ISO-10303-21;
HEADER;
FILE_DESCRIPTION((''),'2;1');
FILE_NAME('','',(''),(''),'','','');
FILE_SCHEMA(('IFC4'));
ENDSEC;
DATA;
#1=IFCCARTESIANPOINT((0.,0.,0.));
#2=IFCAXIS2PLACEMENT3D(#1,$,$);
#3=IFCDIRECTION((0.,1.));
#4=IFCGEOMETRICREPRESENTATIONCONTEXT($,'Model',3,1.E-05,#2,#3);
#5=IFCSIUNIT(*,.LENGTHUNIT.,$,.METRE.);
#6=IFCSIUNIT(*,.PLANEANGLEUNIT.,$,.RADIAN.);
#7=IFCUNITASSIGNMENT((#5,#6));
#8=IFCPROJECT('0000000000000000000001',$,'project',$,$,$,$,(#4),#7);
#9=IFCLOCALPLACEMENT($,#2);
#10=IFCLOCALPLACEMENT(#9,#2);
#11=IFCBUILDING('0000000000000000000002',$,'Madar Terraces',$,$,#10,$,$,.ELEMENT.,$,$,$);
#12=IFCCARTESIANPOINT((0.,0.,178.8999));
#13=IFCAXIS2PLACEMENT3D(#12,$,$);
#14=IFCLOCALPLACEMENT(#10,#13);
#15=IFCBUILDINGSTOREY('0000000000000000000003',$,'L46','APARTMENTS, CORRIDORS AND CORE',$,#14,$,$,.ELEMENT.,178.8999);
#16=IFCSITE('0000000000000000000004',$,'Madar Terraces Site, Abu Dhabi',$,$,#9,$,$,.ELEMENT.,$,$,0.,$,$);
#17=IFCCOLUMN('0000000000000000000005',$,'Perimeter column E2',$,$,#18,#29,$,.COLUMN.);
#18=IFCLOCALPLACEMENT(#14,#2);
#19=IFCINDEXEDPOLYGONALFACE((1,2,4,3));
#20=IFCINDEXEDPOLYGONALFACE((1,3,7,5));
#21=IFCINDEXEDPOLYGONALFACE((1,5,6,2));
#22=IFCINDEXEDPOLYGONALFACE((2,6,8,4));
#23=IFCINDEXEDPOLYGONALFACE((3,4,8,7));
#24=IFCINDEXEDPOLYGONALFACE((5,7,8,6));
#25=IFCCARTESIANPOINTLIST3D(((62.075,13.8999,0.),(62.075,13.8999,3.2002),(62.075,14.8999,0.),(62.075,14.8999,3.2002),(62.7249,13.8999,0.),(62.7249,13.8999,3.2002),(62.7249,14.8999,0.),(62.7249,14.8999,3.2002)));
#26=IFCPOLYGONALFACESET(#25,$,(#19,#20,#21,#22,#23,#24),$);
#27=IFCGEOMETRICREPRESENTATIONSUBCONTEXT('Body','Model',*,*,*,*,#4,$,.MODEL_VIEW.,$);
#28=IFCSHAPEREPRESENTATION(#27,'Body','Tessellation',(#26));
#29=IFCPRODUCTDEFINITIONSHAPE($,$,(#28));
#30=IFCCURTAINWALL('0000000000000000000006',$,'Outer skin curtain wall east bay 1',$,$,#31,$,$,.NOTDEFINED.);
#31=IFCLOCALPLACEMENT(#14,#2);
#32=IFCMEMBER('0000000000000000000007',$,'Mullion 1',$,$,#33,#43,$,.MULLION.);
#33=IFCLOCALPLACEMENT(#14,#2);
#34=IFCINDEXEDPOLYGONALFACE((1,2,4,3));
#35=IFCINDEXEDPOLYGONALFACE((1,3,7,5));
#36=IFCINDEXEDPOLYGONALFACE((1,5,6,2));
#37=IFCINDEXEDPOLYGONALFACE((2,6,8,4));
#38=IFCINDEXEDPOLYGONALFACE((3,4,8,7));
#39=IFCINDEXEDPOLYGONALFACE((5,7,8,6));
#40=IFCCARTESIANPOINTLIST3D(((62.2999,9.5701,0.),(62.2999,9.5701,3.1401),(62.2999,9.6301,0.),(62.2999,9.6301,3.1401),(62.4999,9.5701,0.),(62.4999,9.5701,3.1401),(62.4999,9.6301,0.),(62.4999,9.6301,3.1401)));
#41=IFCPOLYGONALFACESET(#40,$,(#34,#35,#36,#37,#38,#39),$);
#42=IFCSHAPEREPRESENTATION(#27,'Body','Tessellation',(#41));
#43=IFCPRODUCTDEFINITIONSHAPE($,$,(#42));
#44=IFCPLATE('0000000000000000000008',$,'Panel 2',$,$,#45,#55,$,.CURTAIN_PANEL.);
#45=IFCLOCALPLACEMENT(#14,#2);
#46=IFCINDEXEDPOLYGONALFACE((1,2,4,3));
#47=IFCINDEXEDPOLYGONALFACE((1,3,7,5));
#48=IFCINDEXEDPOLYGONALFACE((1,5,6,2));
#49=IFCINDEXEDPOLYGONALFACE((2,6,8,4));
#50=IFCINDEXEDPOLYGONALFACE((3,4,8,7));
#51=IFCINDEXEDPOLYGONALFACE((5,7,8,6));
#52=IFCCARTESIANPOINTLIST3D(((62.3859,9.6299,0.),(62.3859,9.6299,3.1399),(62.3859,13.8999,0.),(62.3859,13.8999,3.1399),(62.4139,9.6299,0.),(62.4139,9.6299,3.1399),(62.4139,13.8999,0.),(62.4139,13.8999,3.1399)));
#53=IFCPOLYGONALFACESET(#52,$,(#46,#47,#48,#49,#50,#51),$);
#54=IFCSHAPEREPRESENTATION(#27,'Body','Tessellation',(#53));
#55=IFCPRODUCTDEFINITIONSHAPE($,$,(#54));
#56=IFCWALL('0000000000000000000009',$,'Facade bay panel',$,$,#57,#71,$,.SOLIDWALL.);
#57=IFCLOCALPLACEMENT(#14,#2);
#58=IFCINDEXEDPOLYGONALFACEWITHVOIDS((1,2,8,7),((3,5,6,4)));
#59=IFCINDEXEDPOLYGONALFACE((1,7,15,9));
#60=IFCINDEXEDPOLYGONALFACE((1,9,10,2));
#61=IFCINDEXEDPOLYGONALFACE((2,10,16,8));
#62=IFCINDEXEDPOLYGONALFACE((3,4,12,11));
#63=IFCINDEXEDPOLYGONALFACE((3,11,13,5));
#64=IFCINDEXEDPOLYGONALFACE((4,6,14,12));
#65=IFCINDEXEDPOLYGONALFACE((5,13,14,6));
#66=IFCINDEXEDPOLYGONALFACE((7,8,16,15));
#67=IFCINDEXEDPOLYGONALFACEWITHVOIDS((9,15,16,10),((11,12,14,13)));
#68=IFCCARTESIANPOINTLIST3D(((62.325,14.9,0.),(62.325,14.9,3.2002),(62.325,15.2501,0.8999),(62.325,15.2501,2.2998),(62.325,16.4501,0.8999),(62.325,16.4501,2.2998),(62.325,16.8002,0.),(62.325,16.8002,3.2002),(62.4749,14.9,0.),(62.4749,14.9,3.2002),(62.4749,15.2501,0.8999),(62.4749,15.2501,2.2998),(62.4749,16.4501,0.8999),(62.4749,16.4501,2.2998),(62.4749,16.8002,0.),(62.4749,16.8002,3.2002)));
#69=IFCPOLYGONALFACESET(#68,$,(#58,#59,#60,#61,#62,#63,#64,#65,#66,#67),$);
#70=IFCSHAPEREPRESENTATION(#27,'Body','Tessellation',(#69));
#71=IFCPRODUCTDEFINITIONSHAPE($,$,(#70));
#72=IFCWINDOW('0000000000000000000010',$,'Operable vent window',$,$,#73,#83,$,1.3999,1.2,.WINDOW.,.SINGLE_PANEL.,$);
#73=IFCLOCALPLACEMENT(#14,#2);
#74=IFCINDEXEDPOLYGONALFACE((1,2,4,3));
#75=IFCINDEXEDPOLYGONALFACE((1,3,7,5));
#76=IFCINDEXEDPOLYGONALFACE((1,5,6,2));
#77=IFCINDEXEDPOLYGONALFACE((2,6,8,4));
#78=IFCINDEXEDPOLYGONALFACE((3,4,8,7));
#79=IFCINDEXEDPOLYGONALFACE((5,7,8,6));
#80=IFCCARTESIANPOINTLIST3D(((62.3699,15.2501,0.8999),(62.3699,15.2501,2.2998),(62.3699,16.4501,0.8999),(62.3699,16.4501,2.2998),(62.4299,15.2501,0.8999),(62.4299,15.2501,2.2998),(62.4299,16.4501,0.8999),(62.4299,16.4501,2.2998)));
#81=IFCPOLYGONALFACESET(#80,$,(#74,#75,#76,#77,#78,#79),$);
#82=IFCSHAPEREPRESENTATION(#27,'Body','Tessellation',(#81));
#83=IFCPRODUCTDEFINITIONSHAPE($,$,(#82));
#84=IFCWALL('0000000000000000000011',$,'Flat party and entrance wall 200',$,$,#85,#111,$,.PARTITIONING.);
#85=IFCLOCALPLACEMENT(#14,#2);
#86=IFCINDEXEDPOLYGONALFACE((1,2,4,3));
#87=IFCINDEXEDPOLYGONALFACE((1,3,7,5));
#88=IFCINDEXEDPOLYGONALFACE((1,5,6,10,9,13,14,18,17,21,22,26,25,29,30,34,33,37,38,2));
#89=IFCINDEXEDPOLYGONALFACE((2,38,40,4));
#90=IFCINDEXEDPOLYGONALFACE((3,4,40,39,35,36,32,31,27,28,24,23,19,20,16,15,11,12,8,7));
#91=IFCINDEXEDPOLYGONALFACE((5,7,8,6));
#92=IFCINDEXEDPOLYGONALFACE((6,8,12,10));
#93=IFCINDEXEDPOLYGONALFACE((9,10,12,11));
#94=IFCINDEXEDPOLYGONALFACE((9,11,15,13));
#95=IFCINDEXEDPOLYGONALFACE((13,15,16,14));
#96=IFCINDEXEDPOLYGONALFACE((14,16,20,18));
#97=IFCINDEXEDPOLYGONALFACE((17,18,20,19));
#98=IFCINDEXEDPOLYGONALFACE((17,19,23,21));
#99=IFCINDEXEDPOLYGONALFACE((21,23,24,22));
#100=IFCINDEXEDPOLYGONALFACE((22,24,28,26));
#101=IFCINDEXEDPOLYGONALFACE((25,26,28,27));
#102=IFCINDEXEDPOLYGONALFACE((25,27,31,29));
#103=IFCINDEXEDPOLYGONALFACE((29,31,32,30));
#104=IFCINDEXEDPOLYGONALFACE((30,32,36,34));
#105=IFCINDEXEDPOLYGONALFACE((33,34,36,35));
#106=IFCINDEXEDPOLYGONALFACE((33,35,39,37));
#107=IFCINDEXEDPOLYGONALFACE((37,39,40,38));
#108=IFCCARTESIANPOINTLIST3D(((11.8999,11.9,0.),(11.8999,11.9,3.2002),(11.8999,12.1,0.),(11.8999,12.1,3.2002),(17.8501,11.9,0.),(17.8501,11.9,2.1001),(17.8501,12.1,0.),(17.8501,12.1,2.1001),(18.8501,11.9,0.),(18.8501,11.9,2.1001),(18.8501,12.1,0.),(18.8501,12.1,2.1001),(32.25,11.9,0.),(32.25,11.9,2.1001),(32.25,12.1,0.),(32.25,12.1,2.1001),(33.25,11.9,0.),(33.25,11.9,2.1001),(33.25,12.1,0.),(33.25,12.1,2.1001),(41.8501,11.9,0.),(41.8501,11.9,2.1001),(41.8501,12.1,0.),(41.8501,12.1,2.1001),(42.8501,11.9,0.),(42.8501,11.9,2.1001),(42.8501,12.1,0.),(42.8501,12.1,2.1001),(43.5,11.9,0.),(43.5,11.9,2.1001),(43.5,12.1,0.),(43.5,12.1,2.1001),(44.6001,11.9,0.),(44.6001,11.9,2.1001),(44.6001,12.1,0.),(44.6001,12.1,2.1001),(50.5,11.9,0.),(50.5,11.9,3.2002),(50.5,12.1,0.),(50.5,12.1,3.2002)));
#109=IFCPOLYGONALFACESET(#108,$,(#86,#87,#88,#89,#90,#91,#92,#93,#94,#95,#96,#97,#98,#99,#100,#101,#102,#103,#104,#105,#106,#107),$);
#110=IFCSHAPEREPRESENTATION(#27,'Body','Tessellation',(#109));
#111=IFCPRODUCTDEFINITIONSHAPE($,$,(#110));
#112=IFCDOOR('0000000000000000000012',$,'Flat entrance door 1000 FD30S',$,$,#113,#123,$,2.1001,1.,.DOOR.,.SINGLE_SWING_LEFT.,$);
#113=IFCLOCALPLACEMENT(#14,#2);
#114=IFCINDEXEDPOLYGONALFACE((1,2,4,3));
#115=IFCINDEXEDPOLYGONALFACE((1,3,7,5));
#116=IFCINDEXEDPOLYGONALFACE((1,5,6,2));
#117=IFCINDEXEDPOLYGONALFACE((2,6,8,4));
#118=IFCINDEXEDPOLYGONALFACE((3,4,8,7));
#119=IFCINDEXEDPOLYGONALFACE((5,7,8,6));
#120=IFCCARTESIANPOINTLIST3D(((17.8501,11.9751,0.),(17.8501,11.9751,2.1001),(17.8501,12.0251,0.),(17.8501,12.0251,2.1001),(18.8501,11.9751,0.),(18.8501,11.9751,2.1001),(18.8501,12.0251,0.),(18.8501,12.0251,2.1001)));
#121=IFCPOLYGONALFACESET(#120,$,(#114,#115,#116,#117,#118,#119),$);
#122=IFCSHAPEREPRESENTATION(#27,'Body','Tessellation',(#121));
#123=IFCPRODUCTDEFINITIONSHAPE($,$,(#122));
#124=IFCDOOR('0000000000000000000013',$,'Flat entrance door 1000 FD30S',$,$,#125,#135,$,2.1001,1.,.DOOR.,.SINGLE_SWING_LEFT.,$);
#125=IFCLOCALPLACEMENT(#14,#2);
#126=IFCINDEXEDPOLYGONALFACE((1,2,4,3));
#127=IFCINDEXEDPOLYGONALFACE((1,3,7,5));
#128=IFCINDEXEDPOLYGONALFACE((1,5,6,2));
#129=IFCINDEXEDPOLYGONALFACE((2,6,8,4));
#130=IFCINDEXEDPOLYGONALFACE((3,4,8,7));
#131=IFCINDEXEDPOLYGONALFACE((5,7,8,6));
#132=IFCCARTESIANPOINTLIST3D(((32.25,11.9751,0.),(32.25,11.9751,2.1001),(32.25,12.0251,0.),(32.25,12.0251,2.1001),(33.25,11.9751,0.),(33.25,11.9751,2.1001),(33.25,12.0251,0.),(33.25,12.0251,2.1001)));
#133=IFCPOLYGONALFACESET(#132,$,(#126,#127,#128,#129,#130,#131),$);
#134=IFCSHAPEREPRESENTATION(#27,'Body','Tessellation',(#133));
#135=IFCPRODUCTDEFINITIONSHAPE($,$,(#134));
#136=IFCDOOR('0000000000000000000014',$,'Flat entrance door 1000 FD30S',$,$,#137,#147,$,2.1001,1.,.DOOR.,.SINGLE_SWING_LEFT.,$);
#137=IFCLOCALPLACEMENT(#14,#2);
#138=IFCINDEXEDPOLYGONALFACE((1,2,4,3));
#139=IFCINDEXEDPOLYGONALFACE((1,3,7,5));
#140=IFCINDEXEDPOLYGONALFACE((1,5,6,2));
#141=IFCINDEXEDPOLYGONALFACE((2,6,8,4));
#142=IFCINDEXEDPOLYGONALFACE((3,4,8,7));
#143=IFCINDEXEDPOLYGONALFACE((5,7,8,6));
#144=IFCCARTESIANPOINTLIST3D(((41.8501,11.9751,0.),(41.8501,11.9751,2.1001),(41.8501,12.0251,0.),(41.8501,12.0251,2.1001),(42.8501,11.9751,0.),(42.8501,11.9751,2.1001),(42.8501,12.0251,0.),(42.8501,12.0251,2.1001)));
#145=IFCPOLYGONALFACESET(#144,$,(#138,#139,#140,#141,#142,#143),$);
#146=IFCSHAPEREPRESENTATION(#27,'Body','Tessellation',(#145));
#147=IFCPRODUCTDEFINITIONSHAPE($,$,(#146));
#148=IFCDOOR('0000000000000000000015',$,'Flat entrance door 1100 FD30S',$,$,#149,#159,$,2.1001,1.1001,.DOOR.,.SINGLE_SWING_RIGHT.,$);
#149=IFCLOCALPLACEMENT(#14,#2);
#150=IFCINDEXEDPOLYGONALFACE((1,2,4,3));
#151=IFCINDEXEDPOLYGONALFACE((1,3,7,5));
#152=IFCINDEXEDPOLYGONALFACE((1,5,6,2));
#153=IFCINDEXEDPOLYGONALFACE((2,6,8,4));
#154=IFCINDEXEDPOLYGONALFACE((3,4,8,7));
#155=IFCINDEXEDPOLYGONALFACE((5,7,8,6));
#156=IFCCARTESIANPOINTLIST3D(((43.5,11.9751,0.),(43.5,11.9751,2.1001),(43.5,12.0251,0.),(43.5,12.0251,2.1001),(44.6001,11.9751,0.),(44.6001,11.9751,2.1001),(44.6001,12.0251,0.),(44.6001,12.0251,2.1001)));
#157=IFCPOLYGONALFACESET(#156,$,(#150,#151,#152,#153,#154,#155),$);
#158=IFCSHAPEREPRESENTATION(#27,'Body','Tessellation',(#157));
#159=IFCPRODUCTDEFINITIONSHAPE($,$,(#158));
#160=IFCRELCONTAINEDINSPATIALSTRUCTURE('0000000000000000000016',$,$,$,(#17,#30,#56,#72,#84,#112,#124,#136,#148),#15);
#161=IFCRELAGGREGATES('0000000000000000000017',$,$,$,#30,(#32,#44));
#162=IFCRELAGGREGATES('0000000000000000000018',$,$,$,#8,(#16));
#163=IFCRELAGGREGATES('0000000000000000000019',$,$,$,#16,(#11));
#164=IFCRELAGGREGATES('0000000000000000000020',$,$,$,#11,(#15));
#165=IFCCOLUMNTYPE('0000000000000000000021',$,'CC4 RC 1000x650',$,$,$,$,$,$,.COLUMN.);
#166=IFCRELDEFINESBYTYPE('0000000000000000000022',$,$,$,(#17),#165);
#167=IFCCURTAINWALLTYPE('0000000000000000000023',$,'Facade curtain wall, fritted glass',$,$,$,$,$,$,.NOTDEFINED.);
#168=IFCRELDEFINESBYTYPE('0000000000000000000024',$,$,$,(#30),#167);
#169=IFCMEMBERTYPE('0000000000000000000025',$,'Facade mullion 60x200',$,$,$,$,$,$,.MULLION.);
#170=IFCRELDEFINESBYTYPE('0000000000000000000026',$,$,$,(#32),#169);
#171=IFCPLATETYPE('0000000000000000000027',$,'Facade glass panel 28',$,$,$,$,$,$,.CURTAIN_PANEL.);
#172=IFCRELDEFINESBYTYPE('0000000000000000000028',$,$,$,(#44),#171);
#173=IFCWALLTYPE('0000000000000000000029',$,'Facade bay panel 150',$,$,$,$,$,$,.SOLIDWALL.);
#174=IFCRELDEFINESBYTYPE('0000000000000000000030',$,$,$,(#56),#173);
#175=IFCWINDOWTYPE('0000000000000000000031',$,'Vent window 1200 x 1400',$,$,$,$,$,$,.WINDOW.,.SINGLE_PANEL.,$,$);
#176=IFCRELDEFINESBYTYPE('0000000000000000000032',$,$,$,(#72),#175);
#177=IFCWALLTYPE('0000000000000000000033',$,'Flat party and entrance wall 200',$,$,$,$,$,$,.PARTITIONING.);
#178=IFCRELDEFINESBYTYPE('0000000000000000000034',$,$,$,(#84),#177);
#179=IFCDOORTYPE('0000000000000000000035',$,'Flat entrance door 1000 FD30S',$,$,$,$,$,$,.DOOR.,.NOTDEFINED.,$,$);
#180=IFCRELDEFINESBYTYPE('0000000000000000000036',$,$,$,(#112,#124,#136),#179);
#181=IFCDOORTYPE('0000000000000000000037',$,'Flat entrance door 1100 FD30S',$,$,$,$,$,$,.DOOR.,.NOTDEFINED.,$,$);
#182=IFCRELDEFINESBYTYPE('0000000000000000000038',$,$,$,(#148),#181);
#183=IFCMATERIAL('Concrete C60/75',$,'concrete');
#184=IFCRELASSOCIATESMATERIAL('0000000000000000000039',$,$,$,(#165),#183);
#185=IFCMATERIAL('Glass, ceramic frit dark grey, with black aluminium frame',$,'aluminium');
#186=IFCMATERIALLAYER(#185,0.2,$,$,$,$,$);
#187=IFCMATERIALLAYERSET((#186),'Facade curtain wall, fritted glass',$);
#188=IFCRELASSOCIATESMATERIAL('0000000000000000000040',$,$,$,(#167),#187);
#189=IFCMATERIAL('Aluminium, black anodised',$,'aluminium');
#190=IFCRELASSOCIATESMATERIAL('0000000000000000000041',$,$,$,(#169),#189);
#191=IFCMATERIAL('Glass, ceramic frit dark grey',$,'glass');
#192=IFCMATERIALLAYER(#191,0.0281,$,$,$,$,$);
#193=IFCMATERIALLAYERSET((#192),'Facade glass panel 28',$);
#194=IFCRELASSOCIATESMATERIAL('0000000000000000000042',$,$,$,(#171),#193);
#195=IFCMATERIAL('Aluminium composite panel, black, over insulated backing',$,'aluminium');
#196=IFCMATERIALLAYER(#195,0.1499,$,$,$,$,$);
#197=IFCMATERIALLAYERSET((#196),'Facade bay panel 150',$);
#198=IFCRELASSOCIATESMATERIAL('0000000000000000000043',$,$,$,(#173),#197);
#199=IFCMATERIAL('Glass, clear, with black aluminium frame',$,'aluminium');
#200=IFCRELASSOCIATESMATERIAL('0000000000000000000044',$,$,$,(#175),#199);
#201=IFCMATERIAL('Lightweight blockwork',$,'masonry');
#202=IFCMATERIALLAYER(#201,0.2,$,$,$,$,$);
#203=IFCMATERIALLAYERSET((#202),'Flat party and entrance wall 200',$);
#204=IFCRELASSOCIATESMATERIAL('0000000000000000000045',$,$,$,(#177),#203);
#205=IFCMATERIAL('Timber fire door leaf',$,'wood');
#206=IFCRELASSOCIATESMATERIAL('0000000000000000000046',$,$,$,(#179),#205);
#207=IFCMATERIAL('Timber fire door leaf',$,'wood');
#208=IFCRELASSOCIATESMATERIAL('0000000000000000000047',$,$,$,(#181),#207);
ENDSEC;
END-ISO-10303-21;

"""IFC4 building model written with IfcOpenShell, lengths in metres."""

from ifc_helpers import new_model, si_unit, direction, frame, frame_2d, origin, origin_2d, place, context, subcontext, project, spatial, rectangle, extrude, material, layer, layer_set, material_profile, profile_set, type_object, element, fill, aggregate, save


model = new_model("IFC4")

# Units and contexts
model_context = context("Model", 3, precision=1e-05, world=origin(), true_north=direction((0.0, 1.0)))
body_context = subcontext(model_context, "Body", "Model", "MODEL_VIEW")
ifc_project = project(units=[si_unit("LENGTHUNIT", "METRE"), si_unit("PLANEANGLEUNIT", "RADIAN")], contexts=[model_context])

# Site, building, storey
site_placement = place(None, origin())
site = spatial("IfcSite", under=ifc_project, at=site_placement, Name="Madar Terraces Site, Abu Dhabi", CompositionType="ELEMENT", RefElevation=0.0)
building_placement = place(site_placement, origin())
building = spatial("IfcBuilding", under=site, at=building_placement, Name="Madar Terraces", CompositionType="ELEMENT")
storey_placement = place(building_placement, frame((0.0, 0.0, 178.8999)))
storey = spatial("IfcBuildingStorey", under=building, at=storey_placement, Name="L46", Description="APARTMENTS, CORRIDORS AND CORE", CompositionType="ELEMENT", Elevation=178.8999)

# Column
ifc_material_1 = material(Name="Concrete C60/75", Category="concrete")
ifc_material_profile_1 = material_profile(ifc_material_1, rectangle(XDim=1.0, YDim=0.6499, at=origin_2d()), Name="CC4 RC 1000x650")
ifc_profile_set_1 = profile_set([ifc_material_profile_1], Name="Concrete C60/75")
column_type = type_object("IfcColumnType", Name="CC4 RC 1000x650", PredefinedType="COLUMN", material=ifc_profile_set_1)
column_placement = place(storey_placement, frame((62.3999, 14.3999, 0.0), z_axis=(0.0, 0.0, 1.0), x_axis=(0.0, 1.0, 0.0)))
element("IfcColumn", 1, at=column_placement, inside=storey, type_object=column_type, Name="Perimeter column E2", PredefinedType="COLUMN", context=body_context, shape_type="SweptSolid", body=[
    extrude(rectangle(XDim=1.0, YDim=0.6499, at=origin_2d()), origin(), (0.0, 0.0, 1.0), 3.2002),
])

# Curtain wall, member, plate
ifc_material_2 = material(Name="Glass, ceramic frit dark grey, with black aluminium frame", Category="aluminium")
ifc_layer_1 = layer(ifc_material_2, 0.2)
ifc_layer_set_1 = layer_set([ifc_layer_1], Name="Facade curtain wall, fritted glass")
curtain_wall_type = type_object("IfcCurtainWallType", Name="Facade curtain wall, fritted glass", PredefinedType="NOTDEFINED", material=ifc_layer_set_1)
curtain_wall_placement = place(storey_placement, origin())
curtain_wall = element("IfcCurtainWall", 2, at=curtain_wall_placement, inside=storey, type_object=curtain_wall_type, Name="Outer skin curtain wall east bay 1", PredefinedType="NOTDEFINED")
ifc_material_3 = material(Name="Aluminium, black anodised", Category="aluminium")
ifc_material_profile_2 = material_profile(ifc_material_3, rectangle(XDim=0.2, YDim=0.0601, at=origin_2d()), Name="Facade mullion 60x200")
ifc_profile_set_2 = profile_set([ifc_material_profile_2], Name="Aluminium, black anodised")
member_type = type_object("IfcMemberType", Name="Facade mullion 60x200", PredefinedType="MULLION", material=ifc_profile_set_2)
member_placement = place(storey_placement, frame((62.3999, 9.6001, 0.0), z_axis=(0.0, 0.0, 1.0), x_axis=(-1.0, 0.0, 0.0)))
member = element("IfcMember", 3, at=member_placement, type_object=member_type, Name="Mullion 1", PredefinedType="MULLION", context=body_context, shape_type="SweptSolid", body=[
    extrude(rectangle(XDim=0.2, YDim=0.0601, at=origin_2d()), origin(), (0.0, 0.0, 1.0), 3.1401),
])
ifc_material_4 = material(Name="Glass, ceramic frit dark grey", Category="glass")
ifc_layer_2 = layer(ifc_material_4, 0.0281)
ifc_layer_set_2 = layer_set([ifc_layer_2], Name="Facade glass panel 28")
plate_type = type_object("IfcPlateType", Name="Facade glass panel 28", PredefinedType="CURTAIN_PANEL", material=ifc_layer_set_2)
plate_placement = place(storey_placement, frame((62.3999, 11.7649, 0.0), z_axis=(0.0, 0.0, 1.0), x_axis=(0.0, 1.0, 0.0)))
plate = element("IfcPlate", 4, at=plate_placement, type_object=plate_type, Name="Panel 2", PredefinedType="CURTAIN_PANEL", context=body_context, shape_type="SweptSolid", body=[
    extrude(rectangle(XDim=4.27, YDim=0.0281, at=origin_2d()), origin(), (0.0, 0.0, 1.0), 3.1399),
])
aggregate(curtain_wall, [member, plate])

# Wall, opening, window
ifc_material_5 = material(Name="Aluminium composite panel, black, over insulated backing", Category="aluminium")
ifc_layer_3 = layer(ifc_material_5, 0.1499)
ifc_layer_set_3 = layer_set([ifc_layer_3], Name="Facade bay panel 150")
wall_type_1 = type_object("IfcWallType", Name="Facade bay panel 150", PredefinedType="SOLIDWALL", material=ifc_layer_set_3)
wall_1_placement = place(storey_placement, frame((62.3999, 14.8999, 0.0), z_axis=(0.0, 0.0, 1.0), x_axis=(0.0, 1.0, 0.0)))
wall_1 = element("IfcWall", 5, at=wall_1_placement, inside=storey, type_object=wall_type_1, Name="Facade bay panel", PredefinedType="SOLIDWALL", context=body_context, shape_type="SweptSolid", body=[
    extrude(rectangle(XDim=1.9001, YDim=0.1499, at=frame_2d((0.9502, 0.0))), origin(), (0.0, 0.0, 1.0), 3.2002),
])
opening_1_placement = place(wall_1_placement, frame((0.3501, 0.0, 0.8999)))
opening_1 = element("IfcOpeningElement", 6, at=opening_1_placement, cuts=wall_1, PredefinedType="OPENING", context=body_context, shape_type="SweptSolid", body=[
    extrude(rectangle(XDim=1.2, YDim=1.3999, at=frame_2d((0.6001, 0.7))), frame((0.0, 0.085, 0.0), z_axis=(0.0, -1.0, 0.0), x_axis=(1.0, 0.0, 0.0)), (0.0, 0.0, 1.0), 0.1699),
])
ifc_material_6 = material(Name="Glass, clear, with black aluminium frame", Category="aluminium")
window_type = type_object("IfcWindowType", Name="Vent window 1200 x 1400", PartitioningType="SINGLE_PANEL", PredefinedType="WINDOW", material=ifc_material_6)
window_placement = place(opening_1_placement, origin())
window = element("IfcWindow", 7, at=window_placement, inside=storey, type_object=window_type, Name="Operable vent window", OverallHeight=1.3999, OverallWidth=1.2, PartitioningType="SINGLE_PANEL", PredefinedType="WINDOW", context=body_context, shape_type="SweptSolid", body=[
    extrude(rectangle(XDim=1.2, YDim=1.3999, at=frame_2d((0.6001, 0.7))), frame((0.0, 0.03, 0.0), z_axis=(0.0, -1.0, 0.0), x_axis=(1.0, 0.0, 0.0)), (0.0, 0.0, 1.0), 0.0601),
])
fill(opening_1, window)

# Wall, openings, doors
ifc_material_7 = material(Name="Lightweight blockwork", Category="masonry")
ifc_layer_4 = layer(ifc_material_7, 0.2)
ifc_layer_set_4 = layer_set([ifc_layer_4], Name="Flat party and entrance wall 200")
wall_type_2 = type_object("IfcWallType", Name="Flat party and entrance wall 200", PredefinedType="PARTITIONING", material=ifc_layer_set_4)
wall_2_placement = place(storey_placement, frame((50.5, 12.0, 0.0), z_axis=(0.0, 0.0, 1.0), x_axis=(-1.0, 0.0, 0.0)))
wall_2 = element("IfcWall", 8, at=wall_2_placement, inside=storey, type_object=wall_type_2, Name="Flat party and entrance wall 200", PredefinedType="PARTITIONING", context=body_context, shape_type="SweptSolid", body=[
    extrude(rectangle(XDim=38.6001, YDim=0.2, at=frame_2d((19.3, 0.0))), origin(), (0.0, 0.0, 1.0), 3.2002),
])
opening_2_placement = place(wall_2_placement, frame((31.6499, 0.0, 0.0)))
opening_2 = element("IfcOpeningElement", 9, at=opening_2_placement, cuts=wall_2, PredefinedType="OPENING", context=body_context, shape_type="SweptSolid", body=[
    extrude(rectangle(XDim=1.0, YDim=2.1001, at=frame_2d((0.5, 1.05))), frame((0.0, 0.1099, 0.0), z_axis=(0.0, -1.0, 0.0), x_axis=(1.0, 0.0, 0.0)), (0.0, 0.0, 1.0), 0.22),
])
opening_3_placement = place(wall_2_placement, frame((17.25, 0.0, 0.0)))
opening_3 = element("IfcOpeningElement", 10, at=opening_3_placement, cuts=wall_2, PredefinedType="OPENING", context=body_context, shape_type="SweptSolid", body=[
    extrude(rectangle(XDim=1.0, YDim=2.1001, at=frame_2d((0.5, 1.05))), frame((0.0, 0.1099, 0.0), z_axis=(0.0, -1.0, 0.0), x_axis=(1.0, 0.0, 0.0)), (0.0, 0.0, 1.0), 0.22),
])
opening_4_placement = place(wall_2_placement, frame((7.6499, 0.0, 0.0)))
opening_4 = element("IfcOpeningElement", 11, at=opening_4_placement, cuts=wall_2, PredefinedType="OPENING", context=body_context, shape_type="SweptSolid", body=[
    extrude(rectangle(XDim=1.0, YDim=2.1001, at=frame_2d((0.5, 1.05))), frame((0.0, 0.1099, 0.0), z_axis=(0.0, -1.0, 0.0), x_axis=(1.0, 0.0, 0.0)), (0.0, 0.0, 1.0), 0.22),
])
opening_5_placement = place(wall_2_placement, frame((5.8999, 0.0, 0.0)))
opening_5 = element("IfcOpeningElement", 12, at=opening_5_placement, cuts=wall_2, PredefinedType="OPENING", context=body_context, shape_type="SweptSolid", body=[
    extrude(rectangle(XDim=1.1001, YDim=2.1001, at=frame_2d((0.55, 1.05))), frame((0.0, 0.1099, 0.0), z_axis=(0.0, -1.0, 0.0), x_axis=(1.0, 0.0, 0.0)), (0.0, 0.0, 1.0), 0.22),
])
ifc_material_8 = material(Name="Timber fire door leaf", Category="wood")
door_type_1 = type_object("IfcDoorType", Name="Flat entrance door 1000 FD30S", OperationType="NOTDEFINED", PredefinedType="DOOR", material=ifc_material_8)
door_1_placement = place(opening_2_placement, origin())
door_1 = element("IfcDoor", 13, at=door_1_placement, inside=storey, type_object=door_type_1, Name="Flat entrance door 1000 FD30S", OperationType="SINGLE_SWING_LEFT", OverallHeight=2.1001, OverallWidth=1.0, PredefinedType="DOOR", context=body_context, shape_type="SweptSolid", body=[
    extrude(rectangle(XDim=1.0, YDim=2.1001, at=frame_2d((0.5, 1.05))), frame((0.0, 0.0249, 0.0), z_axis=(0.0, -1.0, 0.0), x_axis=(1.0, 0.0, 0.0)), (0.0, 0.0, 1.0), 0.05),
])
fill(opening_2, door_1)
door_2_placement = place(opening_3_placement, origin())
door_2 = element("IfcDoor", 14, at=door_2_placement, inside=storey, type_object=door_type_1, Name="Flat entrance door 1000 FD30S", OperationType="SINGLE_SWING_LEFT", OverallHeight=2.1001, OverallWidth=1.0, PredefinedType="DOOR", context=body_context, shape_type="SweptSolid", body=[
    extrude(rectangle(XDim=1.0, YDim=2.1001, at=frame_2d((0.5, 1.05))), frame((0.0, 0.0249, 0.0), z_axis=(0.0, -1.0, 0.0), x_axis=(1.0, 0.0, 0.0)), (0.0, 0.0, 1.0), 0.05),
])
fill(opening_3, door_2)
door_3_placement = place(opening_4_placement, origin())
door_3 = element("IfcDoor", 15, at=door_3_placement, inside=storey, type_object=door_type_1, Name="Flat entrance door 1000 FD30S", OperationType="SINGLE_SWING_LEFT", OverallHeight=2.1001, OverallWidth=1.0, PredefinedType="DOOR", context=body_context, shape_type="SweptSolid", body=[
    extrude(rectangle(XDim=1.0, YDim=2.1001, at=frame_2d((0.5, 1.05))), frame((0.0, 0.0249, 0.0), z_axis=(0.0, -1.0, 0.0), x_axis=(1.0, 0.0, 0.0)), (0.0, 0.0, 1.0), 0.05),
])
fill(opening_4, door_3)
ifc_material_9 = material(Name="Timber fire door leaf", Category="wood")
door_type_2 = type_object("IfcDoorType", Name="Flat entrance door 1100 FD30S", OperationType="NOTDEFINED", PredefinedType="DOOR", material=ifc_material_9)
door_4_placement = place(opening_5_placement, origin())
door_4 = element("IfcDoor", 16, at=door_4_placement, inside=storey, type_object=door_type_2, Name="Flat entrance door 1100 FD30S", OperationType="SINGLE_SWING_RIGHT", OverallHeight=2.1001, OverallWidth=1.1001, PredefinedType="DOOR", context=body_context, shape_type="SweptSolid", body=[
    extrude(rectangle(XDim=1.1001, YDim=2.1001, at=frame_2d((0.55, 1.05))), frame((0.0, 0.0249, 0.0), z_axis=(0.0, -1.0, 0.0), x_axis=(1.0, 0.0, 0.0)), (0.0, 0.0, 1.0), 0.05),
])
fill(opening_5, door_4)

save(model, "model.ifc")
